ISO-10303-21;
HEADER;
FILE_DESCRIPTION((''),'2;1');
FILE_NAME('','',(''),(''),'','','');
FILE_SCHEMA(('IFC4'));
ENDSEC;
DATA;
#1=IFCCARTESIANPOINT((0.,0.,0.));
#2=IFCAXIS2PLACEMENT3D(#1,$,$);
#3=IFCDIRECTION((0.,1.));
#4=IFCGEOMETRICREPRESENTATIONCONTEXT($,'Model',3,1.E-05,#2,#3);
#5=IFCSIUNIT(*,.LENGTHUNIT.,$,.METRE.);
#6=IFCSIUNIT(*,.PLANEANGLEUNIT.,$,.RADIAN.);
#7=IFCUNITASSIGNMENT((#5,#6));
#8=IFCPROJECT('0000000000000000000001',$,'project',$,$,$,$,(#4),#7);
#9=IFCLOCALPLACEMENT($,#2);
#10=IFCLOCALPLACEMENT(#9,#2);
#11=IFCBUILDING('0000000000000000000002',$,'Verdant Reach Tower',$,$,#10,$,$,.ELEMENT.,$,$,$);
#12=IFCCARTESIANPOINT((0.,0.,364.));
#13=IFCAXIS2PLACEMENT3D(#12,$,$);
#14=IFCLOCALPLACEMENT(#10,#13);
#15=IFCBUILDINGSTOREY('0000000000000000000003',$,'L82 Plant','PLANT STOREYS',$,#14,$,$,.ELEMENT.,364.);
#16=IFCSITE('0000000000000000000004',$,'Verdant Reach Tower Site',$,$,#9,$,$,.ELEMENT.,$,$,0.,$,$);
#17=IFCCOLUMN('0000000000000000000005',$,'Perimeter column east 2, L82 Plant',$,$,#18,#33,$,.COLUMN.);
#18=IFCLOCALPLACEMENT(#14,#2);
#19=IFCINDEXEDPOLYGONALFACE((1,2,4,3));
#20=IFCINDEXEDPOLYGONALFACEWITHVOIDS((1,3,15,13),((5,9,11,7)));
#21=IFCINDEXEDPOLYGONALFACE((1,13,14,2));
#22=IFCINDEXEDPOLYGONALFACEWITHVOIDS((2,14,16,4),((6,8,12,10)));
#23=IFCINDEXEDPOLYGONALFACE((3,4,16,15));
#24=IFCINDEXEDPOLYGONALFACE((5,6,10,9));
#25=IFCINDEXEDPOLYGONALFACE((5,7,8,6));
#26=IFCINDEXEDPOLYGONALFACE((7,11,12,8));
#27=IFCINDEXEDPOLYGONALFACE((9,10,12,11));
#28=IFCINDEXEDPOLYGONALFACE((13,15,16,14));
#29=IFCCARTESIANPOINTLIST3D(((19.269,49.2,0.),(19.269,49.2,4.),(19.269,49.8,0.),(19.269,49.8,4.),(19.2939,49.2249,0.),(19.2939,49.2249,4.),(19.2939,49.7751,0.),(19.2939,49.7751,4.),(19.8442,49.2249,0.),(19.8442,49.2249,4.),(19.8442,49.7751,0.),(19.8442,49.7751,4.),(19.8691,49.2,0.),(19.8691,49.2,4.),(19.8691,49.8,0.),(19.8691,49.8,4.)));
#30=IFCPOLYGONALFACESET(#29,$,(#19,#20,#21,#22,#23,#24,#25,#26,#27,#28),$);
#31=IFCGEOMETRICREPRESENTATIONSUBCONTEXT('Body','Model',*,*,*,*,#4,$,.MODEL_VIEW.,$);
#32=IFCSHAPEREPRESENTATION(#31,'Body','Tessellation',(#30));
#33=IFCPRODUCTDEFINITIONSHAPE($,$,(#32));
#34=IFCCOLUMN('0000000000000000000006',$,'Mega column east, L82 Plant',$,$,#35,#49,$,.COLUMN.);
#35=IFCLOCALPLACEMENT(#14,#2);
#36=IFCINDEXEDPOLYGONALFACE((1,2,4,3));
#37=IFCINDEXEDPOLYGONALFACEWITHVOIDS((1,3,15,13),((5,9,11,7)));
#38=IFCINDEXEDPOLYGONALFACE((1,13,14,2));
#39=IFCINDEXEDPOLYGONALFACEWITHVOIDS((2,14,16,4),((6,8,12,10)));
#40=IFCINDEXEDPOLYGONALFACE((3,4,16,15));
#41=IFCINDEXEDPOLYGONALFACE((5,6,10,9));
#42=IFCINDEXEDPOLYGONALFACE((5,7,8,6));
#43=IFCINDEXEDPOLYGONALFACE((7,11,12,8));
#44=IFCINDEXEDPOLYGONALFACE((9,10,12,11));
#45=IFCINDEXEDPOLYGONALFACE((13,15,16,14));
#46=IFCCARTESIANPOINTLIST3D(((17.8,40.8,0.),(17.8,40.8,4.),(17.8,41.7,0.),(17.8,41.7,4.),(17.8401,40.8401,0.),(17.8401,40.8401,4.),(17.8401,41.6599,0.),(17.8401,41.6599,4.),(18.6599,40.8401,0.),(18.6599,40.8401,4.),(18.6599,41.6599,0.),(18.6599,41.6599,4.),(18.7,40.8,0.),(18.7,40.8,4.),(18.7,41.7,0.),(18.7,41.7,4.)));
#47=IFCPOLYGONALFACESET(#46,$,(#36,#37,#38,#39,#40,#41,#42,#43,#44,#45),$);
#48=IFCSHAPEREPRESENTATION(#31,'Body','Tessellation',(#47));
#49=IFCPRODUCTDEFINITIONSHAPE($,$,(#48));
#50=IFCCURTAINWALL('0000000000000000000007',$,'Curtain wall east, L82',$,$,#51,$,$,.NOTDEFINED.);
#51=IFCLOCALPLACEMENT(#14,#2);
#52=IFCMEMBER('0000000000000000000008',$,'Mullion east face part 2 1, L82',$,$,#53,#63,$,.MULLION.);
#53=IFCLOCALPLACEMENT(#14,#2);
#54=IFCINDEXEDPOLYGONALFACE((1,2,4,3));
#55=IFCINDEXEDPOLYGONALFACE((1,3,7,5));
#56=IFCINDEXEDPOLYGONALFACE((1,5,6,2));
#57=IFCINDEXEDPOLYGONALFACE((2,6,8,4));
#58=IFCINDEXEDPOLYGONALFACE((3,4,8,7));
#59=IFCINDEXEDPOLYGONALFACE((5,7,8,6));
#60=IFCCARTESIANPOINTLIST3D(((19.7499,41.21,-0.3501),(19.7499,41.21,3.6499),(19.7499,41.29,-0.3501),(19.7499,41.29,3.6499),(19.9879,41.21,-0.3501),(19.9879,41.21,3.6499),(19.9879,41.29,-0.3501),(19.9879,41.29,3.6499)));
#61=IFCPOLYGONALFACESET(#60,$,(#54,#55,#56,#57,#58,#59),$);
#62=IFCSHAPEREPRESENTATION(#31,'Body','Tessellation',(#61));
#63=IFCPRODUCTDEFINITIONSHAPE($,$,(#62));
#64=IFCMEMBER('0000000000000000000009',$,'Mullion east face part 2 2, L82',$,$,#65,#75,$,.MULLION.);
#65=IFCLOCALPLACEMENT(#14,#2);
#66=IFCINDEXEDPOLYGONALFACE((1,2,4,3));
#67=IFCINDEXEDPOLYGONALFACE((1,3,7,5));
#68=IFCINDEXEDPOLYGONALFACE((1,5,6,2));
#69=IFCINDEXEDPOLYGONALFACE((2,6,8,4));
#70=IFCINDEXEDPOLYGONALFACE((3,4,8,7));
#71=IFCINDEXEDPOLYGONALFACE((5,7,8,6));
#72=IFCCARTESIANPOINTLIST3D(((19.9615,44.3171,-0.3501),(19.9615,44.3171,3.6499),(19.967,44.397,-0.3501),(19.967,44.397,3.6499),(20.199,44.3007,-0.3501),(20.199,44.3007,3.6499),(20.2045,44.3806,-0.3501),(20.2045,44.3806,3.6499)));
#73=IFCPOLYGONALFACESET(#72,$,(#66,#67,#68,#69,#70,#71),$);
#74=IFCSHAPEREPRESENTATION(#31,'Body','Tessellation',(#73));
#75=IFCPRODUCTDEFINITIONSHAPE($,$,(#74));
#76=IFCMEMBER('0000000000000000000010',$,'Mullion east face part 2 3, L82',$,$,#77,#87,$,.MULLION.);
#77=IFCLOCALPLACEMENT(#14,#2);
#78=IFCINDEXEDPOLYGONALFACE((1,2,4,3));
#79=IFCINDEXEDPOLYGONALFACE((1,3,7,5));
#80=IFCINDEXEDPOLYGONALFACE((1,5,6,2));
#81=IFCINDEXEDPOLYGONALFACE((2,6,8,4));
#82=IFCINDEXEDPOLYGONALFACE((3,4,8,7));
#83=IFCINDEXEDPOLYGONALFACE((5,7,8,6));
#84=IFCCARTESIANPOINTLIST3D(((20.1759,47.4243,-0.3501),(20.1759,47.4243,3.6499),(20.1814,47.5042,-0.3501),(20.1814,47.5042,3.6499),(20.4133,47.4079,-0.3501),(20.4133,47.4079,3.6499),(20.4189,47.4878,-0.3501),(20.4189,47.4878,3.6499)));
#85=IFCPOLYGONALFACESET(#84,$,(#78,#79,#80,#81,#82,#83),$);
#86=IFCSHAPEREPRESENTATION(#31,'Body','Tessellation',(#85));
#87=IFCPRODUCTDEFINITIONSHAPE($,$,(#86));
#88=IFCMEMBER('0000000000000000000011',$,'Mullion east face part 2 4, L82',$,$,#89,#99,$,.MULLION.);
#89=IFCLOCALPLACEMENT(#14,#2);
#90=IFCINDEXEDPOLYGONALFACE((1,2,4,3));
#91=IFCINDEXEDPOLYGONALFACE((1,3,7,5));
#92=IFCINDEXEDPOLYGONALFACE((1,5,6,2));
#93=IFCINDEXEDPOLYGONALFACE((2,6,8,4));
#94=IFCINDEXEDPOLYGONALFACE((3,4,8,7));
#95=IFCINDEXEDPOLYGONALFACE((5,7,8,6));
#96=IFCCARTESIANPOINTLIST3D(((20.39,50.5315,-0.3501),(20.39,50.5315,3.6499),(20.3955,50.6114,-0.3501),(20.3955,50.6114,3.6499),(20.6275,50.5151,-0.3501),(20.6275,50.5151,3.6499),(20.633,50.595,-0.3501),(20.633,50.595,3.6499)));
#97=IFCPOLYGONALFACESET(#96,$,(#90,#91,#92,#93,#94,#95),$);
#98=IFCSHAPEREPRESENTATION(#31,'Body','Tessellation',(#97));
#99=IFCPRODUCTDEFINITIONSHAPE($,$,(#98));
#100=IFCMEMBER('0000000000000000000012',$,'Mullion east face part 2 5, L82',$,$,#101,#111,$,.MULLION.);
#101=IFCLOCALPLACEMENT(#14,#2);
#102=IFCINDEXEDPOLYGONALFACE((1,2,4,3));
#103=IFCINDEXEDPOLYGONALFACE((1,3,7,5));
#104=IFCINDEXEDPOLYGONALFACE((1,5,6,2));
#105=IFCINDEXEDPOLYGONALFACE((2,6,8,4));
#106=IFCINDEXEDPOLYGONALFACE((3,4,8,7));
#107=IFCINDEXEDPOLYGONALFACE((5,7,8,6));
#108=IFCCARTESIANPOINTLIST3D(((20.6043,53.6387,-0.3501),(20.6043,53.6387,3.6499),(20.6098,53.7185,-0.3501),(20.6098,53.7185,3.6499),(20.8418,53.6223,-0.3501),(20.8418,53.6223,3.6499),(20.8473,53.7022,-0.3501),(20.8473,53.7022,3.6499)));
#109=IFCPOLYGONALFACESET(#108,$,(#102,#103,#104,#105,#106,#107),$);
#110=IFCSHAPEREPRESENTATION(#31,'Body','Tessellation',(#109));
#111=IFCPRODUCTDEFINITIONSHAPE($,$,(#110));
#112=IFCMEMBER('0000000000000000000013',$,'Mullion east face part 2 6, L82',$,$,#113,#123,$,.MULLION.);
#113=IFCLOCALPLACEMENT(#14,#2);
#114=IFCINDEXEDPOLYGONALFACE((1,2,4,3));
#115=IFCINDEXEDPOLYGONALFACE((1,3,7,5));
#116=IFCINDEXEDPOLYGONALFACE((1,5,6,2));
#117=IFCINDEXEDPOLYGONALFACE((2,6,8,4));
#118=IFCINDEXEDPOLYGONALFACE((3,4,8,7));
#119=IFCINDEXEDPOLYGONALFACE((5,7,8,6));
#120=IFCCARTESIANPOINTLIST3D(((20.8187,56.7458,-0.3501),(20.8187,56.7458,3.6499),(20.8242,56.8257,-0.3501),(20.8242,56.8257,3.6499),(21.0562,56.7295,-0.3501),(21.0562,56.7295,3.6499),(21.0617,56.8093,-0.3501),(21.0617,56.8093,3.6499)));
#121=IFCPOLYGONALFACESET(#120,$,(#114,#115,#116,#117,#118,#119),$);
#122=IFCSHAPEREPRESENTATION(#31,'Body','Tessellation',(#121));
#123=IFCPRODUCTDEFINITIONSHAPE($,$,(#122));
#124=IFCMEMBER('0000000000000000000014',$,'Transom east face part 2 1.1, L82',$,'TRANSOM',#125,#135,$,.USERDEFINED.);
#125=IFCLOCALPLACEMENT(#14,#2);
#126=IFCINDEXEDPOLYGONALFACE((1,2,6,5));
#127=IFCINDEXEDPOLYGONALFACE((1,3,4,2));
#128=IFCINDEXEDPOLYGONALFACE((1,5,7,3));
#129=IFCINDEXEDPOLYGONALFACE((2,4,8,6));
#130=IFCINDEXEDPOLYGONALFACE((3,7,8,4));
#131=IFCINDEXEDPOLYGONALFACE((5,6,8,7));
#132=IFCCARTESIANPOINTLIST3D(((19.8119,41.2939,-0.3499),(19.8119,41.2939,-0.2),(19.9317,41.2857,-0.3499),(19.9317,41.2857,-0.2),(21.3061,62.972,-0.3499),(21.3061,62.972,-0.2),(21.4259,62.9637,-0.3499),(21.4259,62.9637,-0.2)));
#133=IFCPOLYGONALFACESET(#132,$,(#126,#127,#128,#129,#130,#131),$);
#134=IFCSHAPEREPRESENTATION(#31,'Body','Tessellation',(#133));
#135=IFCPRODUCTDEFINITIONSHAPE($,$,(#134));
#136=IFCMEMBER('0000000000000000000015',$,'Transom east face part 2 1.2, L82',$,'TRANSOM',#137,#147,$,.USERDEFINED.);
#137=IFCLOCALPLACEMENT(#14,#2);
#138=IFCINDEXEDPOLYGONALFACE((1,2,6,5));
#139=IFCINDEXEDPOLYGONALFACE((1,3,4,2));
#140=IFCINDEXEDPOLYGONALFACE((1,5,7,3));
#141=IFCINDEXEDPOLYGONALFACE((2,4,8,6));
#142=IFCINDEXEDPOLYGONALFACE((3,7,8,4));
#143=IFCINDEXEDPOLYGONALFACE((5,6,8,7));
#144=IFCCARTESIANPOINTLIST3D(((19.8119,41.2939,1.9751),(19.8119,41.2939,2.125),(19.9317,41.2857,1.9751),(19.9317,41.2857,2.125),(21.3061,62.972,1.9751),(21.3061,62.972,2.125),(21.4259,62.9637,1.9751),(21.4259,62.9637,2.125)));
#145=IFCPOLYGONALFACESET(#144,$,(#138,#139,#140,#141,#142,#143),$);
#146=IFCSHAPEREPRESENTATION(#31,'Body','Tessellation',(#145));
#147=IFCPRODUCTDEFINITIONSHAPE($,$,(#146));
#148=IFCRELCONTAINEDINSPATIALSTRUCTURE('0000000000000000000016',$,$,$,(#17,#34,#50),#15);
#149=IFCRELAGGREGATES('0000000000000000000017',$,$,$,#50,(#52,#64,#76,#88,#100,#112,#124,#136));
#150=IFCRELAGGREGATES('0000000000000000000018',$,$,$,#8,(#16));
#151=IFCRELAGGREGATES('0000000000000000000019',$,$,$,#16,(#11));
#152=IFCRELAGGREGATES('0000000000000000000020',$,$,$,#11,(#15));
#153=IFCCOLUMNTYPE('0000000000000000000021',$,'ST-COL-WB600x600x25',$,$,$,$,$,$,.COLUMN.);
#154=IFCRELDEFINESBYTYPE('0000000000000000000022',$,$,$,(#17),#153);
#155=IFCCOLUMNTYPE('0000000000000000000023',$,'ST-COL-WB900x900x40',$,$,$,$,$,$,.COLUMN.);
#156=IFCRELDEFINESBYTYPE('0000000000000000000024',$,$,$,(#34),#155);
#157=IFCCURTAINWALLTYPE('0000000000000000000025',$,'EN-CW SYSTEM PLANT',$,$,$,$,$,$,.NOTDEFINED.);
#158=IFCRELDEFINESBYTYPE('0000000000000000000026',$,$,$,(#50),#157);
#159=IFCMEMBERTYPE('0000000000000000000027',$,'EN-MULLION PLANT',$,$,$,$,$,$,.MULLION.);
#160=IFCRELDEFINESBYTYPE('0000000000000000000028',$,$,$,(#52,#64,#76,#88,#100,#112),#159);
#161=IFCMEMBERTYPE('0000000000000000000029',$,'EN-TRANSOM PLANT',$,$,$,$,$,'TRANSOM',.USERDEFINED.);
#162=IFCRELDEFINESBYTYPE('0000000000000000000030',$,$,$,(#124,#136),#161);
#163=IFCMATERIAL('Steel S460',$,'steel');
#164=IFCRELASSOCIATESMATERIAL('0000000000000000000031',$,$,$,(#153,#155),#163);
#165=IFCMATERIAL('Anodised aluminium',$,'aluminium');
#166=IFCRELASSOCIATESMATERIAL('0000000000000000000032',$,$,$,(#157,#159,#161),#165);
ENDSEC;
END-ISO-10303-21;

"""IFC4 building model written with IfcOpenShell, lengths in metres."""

from ifc_helpers import new_model, si_unit, direction, frame, origin, origin_2d, place, context, subcontext, project, spatial, rectangle, hollow_rectangle, extrude, material, material_profile, profile_set, type_object, element, aggregate, save


model = new_model("IFC4")

# Units and contexts
model_context = context("Model", 3, precision=1e-05, world=origin(), true_north=direction((0.0, 1.0)))
body_context = subcontext(model_context, "Body", "Model", "MODEL_VIEW")
ifc_project = project(units=[si_unit("LENGTHUNIT", "METRE"), si_unit("PLANEANGLEUNIT", "RADIAN")], contexts=[model_context])

# Site, building, storey
site_placement = place(None, origin())
site = spatial("IfcSite", under=ifc_project, at=site_placement, Name="Verdant Reach Tower Site", CompositionType="ELEMENT", RefElevation=0.0)
building_placement = place(site_placement, origin())
building = spatial("IfcBuilding", under=site, at=building_placement, Name="Verdant Reach Tower", CompositionType="ELEMENT")
storey_placement = place(building_placement, frame((0.0, 0.0, 364.0)))
storey = spatial("IfcBuildingStorey", under=building, at=storey_placement, Name="L82 Plant", Description="PLANT STOREYS", CompositionType="ELEMENT", Elevation=364.0)

# Columns
ifc_material_1 = material(Name="Steel S460", Category="steel")
ifc_material_profile_1 = material_profile(ifc_material_1, hollow_rectangle(XDim=0.6001, YDim=0.6001, WallThickness=0.0249, at=origin_2d()), Name="WB 600x600x25")
ifc_profile_set_1 = profile_set([ifc_material_profile_1], Name="Steel S460")
column_type_1 = type_object("IfcColumnType", Name="ST-COL-WB600x600x25", PredefinedType="COLUMN", material=ifc_profile_set_1)
column_1_placement = place(storey_placement, frame((19.5691, 49.5, 0.0), z_axis=(0.0, 0.0, 1.0), x_axis=(1.0, 0.0, 0.0)))
element("IfcColumn", 1, at=column_1_placement, inside=storey, type_object=column_type_1, Name="Perimeter column east 2, L82 Plant", PredefinedType="COLUMN", context=body_context, shape_type="SweptSolid", body=[
    extrude(hollow_rectangle(XDim=0.6001, YDim=0.6001, WallThickness=0.0249, at=origin_2d()), origin(), (0.0, 0.0, 1.0), 4.0),
])
ifc_material_profile_2 = material_profile(ifc_material_1, hollow_rectangle(XDim=0.8999, YDim=0.8999, WallThickness=0.04, at=origin_2d()), Name="WB 900x900x40")
ifc_profile_set_2 = profile_set([ifc_material_profile_2], Name="Steel S460")
column_type_2 = type_object("IfcColumnType", Name="ST-COL-WB900x900x40", PredefinedType="COLUMN", material=ifc_profile_set_2)
column_2_placement = place(storey_placement, frame((18.25, 41.25, 0.0), z_axis=(0.0, 0.0, 1.0), x_axis=(1.0, 0.0, 0.0)))
element("IfcColumn", 2, at=column_2_placement, inside=storey, type_object=column_type_2, Name="Mega column east, L82 Plant", PredefinedType="COLUMN", context=body_context, shape_type="SweptSolid", body=[
    extrude(hollow_rectangle(XDim=0.8999, YDim=0.8999, WallThickness=0.04, at=origin_2d()), origin(), (0.0, 0.0, 1.0), 4.0),
])

# Curtain wall, members
ifc_material_2 = material(Name="Anodised aluminium", Category="aluminium")
curtain_wall_type = type_object("IfcCurtainWallType", Name="EN-CW SYSTEM PLANT", PredefinedType="NOTDEFINED", material=ifc_material_2)
curtain_wall_placement = place(storey_placement, origin())
curtain_wall = element("IfcCurtainWall", 3, at=curtain_wall_placement, inside=storey, type_object=curtain_wall_type, Name="Curtain wall east, L82", PredefinedType="NOTDEFINED")
ifc_material_profile_3 = material_profile(ifc_material_2, rectangle(XDim=0.238, YDim=0.0801, at=origin_2d()), Name="Mullion 80x240")
ifc_profile_set_3 = profile_set([ifc_material_profile_3], Name="Anodised aluminium")
member_type_1 = type_object("IfcMemberType", Name="EN-MULLION PLANT", PredefinedType="MULLION", material=ifc_profile_set_3)
member_1_placement = place(storey_placement, frame((19.8689, 41.25, -0.3501), z_axis=(0.0, 0.0, 1.0), x_axis=(1.0, 0.0, 0.0)))
member_1 = element("IfcMember", 4, at=member_1_placement, type_object=member_type_1, Name="Mullion east face part 2 1, L82", PredefinedType="MULLION", context=body_context, shape_type="SweptSolid", body=[
    extrude(rectangle(XDim=0.238, YDim=0.0801, at=origin_2d()), origin(), (0.0, 0.0, 1.0), 4.0),
])
member_2_placement = place(storey_placement, frame((20.083, 44.3489, -0.3501), z_axis=(0.0, 0.0, 1.0), x_axis=(0.99763, -0.068802, 0.0)))
member_2 = element("IfcMember", 5, at=member_2_placement, type_object=member_type_1, Name="Mullion east face part 2 2, L82", PredefinedType="MULLION", context=body_context, shape_type="SweptSolid", body=[
    extrude(rectangle(XDim=0.238, YDim=0.0801, at=origin_2d()), origin(), (0.0, 0.0, 1.0), 4.0),
])
member_3_placement = place(storey_placement, frame((20.2974, 47.4561, -0.3501), z_axis=(0.0, 0.0, 1.0), x_axis=(0.99763, -0.068802, 0.0)))
member_3 = element("IfcMember", 6, at=member_3_placement, type_object=member_type_1, Name="Mullion east face part 2 3, L82", PredefinedType="MULLION", context=body_context, shape_type="SweptSolid", body=[
    extrude(rectangle(XDim=0.238, YDim=0.0801, at=origin_2d()), origin(), (0.0, 0.0, 1.0), 4.0),
])
member_4_placement = place(storey_placement, frame((20.5115, 50.5632, -0.3501), z_axis=(0.0, 0.0, 1.0), x_axis=(0.99763, -0.068802, 0.0)))
member_4 = element("IfcMember", 7, at=member_4_placement, type_object=member_type_1, Name="Mullion east face part 2 4, L82", PredefinedType="MULLION", context=body_context, shape_type="SweptSolid", body=[
    extrude(rectangle(XDim=0.238, YDim=0.0801, at=origin_2d()), origin(), (0.0, 0.0, 1.0), 4.0),
])
member_5_placement = place(storey_placement, frame((20.7258, 53.6704, -0.3501), z_axis=(0.0, 0.0, 1.0), x_axis=(0.99763, -0.068802, 0.0)))
member_5 = element("IfcMember", 8, at=member_5_placement, type_object=member_type_1, Name="Mullion east face part 2 5, L82", PredefinedType="MULLION", context=body_context, shape_type="SweptSolid", body=[
    extrude(rectangle(XDim=0.238, YDim=0.0801, at=origin_2d()), origin(), (0.0, 0.0, 1.0), 4.0),
])
member_6_placement = place(storey_placement, frame((20.9402, 56.7776, -0.3501), z_axis=(0.0, 0.0, 1.0), x_axis=(0.99763, -0.068802, 0.0)))
member_6 = element("IfcMember", 9, at=member_6_placement, type_object=member_type_1, Name="Mullion east face part 2 6, L82", PredefinedType="MULLION", context=body_context, shape_type="SweptSolid", body=[
    extrude(rectangle(XDim=0.238, YDim=0.0801, at=origin_2d()), origin(), (0.0, 0.0, 1.0), 4.0),
])
ifc_material_profile_4 = material_profile(ifc_material_2, rectangle(XDim=0.1201, YDim=0.1499, at=origin_2d()), Name="Transom 150x120")
ifc_profile_set_4 = profile_set([ifc_material_profile_4], Name="Anodised aluminium")
member_type_2 = type_object("IfcMemberType", Name="EN-TRANSOM PLANT", ElementType="TRANSOM", PredefinedType="USERDEFINED", material=ifc_profile_set_4)
member_7_placement = place(storey_placement, frame((19.8718, 41.2898, -0.2749), z_axis=(0.068761, 0.997633, 0.0), x_axis=(-0.997633, 0.068761, 0.0)))
member_7 = element("IfcMember", 10, at=member_7_placement, type_object=member_type_2, Name="Transom east face part 2 1.1, L82", ObjectType="TRANSOM", PredefinedType="USERDEFINED", context=body_context, shape_type="SweptSolid", body=[
    extrude(rectangle(XDim=0.1201, YDim=0.1499, at=origin_2d()), origin(), (0.0, 0.0, 1.0), 21.7295),
])
member_8_placement = place(storey_placement, frame((19.8718, 41.2898, 2.05), z_axis=(0.068761, 0.997633, 0.0), x_axis=(-0.997633, 0.068761, 0.0)))
member_8 = element("IfcMember", 11, at=member_8_placement, type_object=member_type_2, Name="Transom east face part 2 1.2, L82", ObjectType="TRANSOM", PredefinedType="USERDEFINED", context=body_context, shape_type="SweptSolid", body=[
    extrude(rectangle(XDim=0.1201, YDim=0.1499, at=origin_2d()), origin(), (0.0, 0.0, 1.0), 21.7295),
])

aggregate(curtain_wall, [member_1, member_2, member_3, member_4, member_5, member_6, member_7, member_8])

save(model, "model.ifc")
